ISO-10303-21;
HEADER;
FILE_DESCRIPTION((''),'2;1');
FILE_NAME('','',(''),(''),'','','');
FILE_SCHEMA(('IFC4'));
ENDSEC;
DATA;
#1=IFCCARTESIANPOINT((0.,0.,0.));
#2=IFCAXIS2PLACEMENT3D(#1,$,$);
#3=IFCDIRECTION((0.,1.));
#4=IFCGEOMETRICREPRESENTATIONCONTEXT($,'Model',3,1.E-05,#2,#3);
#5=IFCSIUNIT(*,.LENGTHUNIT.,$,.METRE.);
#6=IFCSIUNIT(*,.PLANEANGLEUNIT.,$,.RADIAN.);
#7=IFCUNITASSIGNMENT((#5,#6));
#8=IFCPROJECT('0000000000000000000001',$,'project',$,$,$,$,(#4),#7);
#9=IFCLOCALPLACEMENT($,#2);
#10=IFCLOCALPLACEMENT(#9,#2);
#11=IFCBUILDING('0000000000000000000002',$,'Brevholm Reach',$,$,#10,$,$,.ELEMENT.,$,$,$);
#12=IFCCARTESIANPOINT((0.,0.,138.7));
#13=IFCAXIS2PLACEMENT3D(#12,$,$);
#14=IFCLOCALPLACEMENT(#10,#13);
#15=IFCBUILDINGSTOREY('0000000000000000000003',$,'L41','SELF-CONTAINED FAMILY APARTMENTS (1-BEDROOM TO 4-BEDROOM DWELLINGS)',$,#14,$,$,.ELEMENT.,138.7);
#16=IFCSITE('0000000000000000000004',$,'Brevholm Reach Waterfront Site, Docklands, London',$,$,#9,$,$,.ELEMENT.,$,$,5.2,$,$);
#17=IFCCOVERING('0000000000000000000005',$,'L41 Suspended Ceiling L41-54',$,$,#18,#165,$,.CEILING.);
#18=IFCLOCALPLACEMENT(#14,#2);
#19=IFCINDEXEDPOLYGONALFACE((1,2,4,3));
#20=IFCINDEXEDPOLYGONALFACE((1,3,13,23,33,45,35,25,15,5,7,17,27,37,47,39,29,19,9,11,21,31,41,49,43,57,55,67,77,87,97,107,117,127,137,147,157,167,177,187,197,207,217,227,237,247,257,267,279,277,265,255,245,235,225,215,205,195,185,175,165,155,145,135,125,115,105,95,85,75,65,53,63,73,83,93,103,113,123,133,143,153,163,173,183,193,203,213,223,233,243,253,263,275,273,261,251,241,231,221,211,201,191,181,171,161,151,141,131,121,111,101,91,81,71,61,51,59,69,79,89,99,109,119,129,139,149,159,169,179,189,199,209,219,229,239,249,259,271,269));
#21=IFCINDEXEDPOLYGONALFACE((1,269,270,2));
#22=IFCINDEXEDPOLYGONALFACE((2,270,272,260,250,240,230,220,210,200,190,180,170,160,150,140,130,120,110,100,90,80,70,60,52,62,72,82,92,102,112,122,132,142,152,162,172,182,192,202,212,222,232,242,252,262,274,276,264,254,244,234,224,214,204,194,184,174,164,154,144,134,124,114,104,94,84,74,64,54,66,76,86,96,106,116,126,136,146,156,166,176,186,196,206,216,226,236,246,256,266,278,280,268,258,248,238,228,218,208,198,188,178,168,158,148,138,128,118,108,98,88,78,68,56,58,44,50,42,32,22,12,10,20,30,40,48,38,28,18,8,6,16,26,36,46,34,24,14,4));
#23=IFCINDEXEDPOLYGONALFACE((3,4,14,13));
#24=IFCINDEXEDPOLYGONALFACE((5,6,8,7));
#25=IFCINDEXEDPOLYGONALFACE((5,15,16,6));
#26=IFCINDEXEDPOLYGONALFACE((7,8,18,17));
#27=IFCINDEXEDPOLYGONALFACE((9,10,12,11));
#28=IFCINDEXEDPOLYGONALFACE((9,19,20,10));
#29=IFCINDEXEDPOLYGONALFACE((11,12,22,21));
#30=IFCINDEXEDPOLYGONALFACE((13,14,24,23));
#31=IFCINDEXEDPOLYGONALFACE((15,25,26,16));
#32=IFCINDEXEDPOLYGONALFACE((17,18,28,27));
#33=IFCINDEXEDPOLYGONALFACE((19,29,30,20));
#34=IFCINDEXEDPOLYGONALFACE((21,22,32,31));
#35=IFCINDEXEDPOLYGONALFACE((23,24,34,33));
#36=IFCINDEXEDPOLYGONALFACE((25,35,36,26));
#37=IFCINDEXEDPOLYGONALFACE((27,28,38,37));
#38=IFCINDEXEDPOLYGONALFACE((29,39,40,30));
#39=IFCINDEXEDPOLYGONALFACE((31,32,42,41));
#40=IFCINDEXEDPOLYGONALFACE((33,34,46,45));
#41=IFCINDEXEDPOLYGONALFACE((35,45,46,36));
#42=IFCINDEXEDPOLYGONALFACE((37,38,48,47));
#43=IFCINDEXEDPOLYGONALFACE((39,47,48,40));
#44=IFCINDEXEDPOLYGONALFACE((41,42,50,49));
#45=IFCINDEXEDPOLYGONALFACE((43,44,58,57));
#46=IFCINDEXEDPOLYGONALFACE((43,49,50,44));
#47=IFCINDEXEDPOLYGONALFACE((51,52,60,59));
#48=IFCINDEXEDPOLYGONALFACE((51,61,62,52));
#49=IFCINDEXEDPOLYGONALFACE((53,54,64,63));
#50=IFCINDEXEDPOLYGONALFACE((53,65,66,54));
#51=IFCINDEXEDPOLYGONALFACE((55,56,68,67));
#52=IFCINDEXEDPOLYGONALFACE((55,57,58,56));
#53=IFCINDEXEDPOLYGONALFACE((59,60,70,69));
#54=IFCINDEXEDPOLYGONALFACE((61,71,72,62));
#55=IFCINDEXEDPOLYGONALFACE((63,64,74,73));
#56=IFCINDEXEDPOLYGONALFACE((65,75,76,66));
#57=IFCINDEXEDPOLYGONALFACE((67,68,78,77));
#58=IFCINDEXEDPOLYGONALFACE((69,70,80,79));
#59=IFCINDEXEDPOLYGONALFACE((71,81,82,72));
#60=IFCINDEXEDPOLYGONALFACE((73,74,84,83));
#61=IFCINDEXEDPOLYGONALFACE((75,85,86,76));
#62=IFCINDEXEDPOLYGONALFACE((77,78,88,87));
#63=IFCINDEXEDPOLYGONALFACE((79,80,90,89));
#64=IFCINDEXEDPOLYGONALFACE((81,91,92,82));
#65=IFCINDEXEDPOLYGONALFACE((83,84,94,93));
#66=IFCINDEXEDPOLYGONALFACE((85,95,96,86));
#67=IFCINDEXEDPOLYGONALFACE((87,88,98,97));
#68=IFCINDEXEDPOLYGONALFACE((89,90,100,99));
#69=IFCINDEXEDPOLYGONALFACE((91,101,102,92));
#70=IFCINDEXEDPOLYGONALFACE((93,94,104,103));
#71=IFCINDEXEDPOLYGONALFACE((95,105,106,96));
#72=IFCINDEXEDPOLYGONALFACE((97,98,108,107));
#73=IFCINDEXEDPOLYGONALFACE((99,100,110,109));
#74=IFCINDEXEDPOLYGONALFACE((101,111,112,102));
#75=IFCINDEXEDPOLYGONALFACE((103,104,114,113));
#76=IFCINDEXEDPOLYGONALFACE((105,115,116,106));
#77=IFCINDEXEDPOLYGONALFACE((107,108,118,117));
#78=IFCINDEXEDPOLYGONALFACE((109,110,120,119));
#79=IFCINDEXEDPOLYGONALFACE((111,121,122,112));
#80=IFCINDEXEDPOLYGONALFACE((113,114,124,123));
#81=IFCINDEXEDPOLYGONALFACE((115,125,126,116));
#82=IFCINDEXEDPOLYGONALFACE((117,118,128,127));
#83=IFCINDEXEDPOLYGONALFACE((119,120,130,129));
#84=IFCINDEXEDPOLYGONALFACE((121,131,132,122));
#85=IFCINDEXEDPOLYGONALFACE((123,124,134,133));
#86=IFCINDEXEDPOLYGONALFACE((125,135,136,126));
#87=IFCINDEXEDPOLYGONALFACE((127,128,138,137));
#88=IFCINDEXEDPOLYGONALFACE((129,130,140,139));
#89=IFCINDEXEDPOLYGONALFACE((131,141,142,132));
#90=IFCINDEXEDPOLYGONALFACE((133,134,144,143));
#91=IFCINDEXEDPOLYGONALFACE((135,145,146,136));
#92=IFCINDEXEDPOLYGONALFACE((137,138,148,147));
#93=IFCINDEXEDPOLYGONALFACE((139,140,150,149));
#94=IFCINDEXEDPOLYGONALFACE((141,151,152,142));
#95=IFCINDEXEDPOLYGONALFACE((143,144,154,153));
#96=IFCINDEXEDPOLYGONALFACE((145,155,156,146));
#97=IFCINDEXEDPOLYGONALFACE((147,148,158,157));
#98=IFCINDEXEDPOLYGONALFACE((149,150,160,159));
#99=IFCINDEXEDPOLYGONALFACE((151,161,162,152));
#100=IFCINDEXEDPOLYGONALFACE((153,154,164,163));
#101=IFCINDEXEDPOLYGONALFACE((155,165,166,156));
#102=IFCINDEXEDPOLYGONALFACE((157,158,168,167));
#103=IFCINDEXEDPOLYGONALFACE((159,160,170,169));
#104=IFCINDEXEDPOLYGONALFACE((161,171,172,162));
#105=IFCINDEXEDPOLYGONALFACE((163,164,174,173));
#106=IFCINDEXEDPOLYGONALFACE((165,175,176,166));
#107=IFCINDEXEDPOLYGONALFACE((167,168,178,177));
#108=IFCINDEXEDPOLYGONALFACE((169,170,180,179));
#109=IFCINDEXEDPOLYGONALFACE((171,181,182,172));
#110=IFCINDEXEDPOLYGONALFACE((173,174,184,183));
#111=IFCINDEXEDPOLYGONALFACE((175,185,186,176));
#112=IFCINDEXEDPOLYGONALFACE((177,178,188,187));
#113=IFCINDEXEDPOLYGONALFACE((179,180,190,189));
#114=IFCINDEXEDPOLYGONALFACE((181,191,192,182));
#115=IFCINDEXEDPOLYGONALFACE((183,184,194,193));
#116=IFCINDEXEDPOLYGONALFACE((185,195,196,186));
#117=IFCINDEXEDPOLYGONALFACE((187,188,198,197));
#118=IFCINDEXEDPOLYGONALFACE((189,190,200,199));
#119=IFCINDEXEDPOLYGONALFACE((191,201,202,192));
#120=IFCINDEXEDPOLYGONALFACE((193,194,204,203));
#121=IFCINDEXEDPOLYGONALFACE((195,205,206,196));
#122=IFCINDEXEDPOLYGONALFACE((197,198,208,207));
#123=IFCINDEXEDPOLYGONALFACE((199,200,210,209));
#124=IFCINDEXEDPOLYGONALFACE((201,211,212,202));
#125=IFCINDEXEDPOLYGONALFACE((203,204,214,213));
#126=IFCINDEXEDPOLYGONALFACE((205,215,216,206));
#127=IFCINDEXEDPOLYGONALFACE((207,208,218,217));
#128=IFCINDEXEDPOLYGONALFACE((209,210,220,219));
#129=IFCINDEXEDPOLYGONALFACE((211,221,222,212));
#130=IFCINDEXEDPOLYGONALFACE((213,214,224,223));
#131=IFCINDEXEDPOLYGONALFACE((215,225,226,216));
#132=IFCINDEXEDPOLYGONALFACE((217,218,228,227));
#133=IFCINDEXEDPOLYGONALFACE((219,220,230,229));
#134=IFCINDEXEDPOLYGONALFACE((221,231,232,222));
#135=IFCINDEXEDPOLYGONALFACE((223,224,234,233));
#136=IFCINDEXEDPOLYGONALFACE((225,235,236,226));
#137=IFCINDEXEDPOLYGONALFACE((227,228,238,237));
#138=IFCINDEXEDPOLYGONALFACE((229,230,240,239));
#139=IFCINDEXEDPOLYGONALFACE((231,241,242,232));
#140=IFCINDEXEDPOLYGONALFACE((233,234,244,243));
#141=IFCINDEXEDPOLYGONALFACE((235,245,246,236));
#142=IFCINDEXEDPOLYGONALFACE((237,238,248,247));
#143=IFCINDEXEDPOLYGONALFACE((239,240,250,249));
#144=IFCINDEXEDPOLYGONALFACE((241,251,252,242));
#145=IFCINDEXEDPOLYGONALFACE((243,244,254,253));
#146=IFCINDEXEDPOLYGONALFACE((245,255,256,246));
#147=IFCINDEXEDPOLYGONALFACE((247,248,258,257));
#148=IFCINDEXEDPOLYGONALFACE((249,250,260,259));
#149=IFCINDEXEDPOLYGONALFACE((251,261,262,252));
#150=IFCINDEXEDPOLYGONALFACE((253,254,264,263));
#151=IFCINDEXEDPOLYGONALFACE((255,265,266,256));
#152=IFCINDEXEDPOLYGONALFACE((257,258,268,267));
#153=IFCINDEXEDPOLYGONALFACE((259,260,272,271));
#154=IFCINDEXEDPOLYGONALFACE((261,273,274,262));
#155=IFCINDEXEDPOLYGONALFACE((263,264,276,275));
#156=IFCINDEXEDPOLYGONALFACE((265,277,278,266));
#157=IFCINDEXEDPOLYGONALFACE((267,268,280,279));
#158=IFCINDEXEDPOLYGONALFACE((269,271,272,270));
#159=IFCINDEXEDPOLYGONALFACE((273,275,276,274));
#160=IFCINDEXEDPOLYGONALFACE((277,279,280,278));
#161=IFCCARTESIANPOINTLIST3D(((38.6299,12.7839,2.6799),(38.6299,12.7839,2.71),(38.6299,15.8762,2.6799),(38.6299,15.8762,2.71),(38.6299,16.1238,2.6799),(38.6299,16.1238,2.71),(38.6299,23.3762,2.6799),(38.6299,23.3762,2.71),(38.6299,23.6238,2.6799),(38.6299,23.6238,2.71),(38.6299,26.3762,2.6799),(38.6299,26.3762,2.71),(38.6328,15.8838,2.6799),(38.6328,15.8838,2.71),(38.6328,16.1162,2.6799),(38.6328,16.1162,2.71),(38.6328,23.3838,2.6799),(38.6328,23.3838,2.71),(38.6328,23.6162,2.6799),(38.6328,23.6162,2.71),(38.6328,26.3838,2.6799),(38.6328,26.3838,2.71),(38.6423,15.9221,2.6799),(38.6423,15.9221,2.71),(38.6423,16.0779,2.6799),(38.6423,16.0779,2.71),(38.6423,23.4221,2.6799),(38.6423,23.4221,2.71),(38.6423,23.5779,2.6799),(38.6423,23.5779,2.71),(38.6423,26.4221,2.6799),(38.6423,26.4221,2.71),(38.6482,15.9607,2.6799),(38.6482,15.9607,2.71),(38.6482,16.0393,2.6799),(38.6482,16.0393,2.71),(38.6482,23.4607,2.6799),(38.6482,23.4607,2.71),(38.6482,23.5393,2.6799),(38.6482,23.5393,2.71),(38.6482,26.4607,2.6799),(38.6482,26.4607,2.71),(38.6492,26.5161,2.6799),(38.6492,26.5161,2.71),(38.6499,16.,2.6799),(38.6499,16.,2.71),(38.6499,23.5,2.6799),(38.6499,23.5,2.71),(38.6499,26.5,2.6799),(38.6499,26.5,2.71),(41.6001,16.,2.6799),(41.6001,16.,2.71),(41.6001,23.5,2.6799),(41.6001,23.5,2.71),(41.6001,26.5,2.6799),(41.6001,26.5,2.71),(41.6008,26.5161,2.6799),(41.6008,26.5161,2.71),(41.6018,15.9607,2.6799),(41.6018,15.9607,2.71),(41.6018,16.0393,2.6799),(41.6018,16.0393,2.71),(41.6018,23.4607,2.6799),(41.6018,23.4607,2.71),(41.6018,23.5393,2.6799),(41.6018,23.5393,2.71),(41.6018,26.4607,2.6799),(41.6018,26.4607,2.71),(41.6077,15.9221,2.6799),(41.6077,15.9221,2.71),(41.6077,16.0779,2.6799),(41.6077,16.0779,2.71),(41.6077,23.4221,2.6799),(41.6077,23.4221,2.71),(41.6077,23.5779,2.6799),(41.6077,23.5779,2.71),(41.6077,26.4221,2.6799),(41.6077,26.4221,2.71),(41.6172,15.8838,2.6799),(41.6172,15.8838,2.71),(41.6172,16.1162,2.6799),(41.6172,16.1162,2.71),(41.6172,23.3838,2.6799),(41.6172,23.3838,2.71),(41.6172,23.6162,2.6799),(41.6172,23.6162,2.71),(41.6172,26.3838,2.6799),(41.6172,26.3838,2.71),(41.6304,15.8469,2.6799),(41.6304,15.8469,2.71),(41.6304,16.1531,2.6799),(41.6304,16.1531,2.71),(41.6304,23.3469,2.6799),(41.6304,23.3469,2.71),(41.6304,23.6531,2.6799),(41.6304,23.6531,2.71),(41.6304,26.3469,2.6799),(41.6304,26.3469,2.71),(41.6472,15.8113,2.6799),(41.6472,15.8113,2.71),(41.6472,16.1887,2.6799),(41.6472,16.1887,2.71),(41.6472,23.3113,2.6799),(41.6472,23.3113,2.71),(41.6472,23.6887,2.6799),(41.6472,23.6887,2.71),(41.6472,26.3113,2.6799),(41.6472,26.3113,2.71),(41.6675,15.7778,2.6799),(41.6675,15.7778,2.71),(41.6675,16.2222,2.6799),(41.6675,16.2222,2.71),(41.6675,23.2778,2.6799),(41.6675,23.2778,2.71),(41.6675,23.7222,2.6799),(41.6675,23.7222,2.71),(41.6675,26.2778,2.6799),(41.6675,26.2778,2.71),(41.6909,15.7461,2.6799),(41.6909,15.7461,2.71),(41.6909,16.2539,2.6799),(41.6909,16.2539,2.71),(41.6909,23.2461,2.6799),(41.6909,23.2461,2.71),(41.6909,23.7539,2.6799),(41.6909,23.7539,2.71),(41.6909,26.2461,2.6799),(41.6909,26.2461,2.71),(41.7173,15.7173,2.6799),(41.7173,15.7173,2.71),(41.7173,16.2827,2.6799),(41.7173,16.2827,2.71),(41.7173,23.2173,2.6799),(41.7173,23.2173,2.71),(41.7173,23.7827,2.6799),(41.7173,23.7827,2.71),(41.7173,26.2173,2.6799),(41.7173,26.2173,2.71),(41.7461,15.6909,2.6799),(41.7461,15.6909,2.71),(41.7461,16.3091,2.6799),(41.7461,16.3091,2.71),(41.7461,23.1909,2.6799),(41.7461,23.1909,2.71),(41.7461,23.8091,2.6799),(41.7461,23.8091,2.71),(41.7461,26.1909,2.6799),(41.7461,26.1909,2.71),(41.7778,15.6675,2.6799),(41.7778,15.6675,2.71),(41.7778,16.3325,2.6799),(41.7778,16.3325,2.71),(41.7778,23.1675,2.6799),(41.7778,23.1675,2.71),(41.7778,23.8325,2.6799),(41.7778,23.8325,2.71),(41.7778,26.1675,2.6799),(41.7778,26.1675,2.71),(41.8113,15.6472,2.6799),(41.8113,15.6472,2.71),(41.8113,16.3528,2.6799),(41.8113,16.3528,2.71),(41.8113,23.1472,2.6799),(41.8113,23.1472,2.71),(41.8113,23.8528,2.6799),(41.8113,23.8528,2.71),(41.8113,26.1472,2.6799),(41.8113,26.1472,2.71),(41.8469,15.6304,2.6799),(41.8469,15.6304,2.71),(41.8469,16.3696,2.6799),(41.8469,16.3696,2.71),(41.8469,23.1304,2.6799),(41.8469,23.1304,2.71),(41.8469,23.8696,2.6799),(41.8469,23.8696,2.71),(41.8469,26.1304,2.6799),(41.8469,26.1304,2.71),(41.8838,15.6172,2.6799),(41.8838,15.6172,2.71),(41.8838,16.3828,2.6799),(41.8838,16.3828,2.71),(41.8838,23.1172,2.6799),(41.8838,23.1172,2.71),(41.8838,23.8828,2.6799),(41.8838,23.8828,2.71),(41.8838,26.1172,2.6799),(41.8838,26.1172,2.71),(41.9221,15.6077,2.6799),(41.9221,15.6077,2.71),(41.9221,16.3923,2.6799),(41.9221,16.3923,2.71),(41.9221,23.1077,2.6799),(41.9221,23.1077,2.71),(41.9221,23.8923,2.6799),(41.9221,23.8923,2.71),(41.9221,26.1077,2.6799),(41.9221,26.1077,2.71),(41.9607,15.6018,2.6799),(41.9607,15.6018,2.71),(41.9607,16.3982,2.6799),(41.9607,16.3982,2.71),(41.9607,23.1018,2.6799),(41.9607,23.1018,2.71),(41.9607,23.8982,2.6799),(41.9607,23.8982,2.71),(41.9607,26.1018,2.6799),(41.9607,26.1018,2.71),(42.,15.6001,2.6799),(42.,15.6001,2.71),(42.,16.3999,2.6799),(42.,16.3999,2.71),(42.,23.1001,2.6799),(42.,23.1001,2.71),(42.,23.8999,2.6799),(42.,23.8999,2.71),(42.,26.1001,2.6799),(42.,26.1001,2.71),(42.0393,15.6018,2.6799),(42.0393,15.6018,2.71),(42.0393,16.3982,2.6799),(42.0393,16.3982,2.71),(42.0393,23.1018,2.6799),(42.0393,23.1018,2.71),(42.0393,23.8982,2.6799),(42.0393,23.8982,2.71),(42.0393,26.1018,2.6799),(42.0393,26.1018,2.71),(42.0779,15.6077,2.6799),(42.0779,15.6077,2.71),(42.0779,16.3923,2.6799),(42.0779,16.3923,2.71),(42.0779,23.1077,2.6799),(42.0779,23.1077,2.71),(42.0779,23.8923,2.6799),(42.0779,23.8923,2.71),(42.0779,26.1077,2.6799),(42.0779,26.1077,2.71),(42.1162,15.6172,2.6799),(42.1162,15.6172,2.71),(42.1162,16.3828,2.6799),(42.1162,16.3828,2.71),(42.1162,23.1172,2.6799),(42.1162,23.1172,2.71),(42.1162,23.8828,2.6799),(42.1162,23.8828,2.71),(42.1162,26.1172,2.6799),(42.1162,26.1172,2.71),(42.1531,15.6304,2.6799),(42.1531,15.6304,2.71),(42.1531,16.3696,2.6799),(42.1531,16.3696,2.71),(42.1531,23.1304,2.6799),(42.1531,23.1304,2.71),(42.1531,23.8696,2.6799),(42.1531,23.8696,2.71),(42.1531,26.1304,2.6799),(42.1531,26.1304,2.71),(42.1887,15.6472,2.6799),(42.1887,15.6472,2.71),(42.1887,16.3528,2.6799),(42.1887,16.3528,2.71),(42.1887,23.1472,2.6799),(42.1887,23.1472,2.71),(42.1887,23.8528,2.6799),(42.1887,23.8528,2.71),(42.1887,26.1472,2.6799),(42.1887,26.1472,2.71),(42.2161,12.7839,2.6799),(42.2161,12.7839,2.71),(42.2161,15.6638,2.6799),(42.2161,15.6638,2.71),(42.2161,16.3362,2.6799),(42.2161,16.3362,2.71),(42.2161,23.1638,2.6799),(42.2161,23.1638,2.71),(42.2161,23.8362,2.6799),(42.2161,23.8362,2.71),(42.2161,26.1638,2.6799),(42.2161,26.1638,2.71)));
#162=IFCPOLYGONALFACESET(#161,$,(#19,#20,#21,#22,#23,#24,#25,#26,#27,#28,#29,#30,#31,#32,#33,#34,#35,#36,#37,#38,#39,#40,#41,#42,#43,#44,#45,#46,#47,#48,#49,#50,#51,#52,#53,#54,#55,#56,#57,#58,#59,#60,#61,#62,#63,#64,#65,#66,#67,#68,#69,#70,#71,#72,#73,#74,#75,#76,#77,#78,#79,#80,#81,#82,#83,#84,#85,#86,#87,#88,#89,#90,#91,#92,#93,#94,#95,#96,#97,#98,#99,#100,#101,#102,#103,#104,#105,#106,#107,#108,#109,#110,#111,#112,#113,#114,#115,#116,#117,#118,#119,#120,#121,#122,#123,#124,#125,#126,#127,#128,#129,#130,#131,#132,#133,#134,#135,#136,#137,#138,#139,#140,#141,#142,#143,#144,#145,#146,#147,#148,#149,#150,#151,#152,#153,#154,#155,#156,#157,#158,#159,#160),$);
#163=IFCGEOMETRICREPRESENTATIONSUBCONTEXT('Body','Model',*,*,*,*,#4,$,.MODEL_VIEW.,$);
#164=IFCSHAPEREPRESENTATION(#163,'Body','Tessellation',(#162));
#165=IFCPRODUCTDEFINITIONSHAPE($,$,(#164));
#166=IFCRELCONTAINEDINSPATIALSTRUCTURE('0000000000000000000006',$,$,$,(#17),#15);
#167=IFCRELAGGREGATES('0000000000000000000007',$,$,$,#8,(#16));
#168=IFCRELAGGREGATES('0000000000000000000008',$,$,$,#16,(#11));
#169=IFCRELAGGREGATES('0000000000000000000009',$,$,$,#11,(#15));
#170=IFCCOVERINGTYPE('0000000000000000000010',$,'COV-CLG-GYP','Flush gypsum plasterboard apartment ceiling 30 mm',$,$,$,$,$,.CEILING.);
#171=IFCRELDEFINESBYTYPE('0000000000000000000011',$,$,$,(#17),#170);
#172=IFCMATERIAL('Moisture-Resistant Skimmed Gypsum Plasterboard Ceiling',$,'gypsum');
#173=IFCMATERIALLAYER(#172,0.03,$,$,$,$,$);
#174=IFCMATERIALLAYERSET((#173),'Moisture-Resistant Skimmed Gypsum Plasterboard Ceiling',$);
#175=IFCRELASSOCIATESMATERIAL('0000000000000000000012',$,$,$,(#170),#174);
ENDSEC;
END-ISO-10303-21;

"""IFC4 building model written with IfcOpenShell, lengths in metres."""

from ifc_helpers import new_model, si_unit, direction, frame, origin, place, context, subcontext, project, spatial, polyline, outline, extrude, material, layer, layer_set, type_object, element, save


model = new_model("IFC4")

# Units and contexts
model_context = context("Model", 3, precision=1e-05, world=origin(), true_north=direction((0.0, 1.0)))
body_context = subcontext(model_context, "Body", "Model", "MODEL_VIEW")
ifc_project = project(units=[si_unit("LENGTHUNIT", "METRE"), si_unit("PLANEANGLEUNIT", "RADIAN")], contexts=[model_context])

# Site, building, storey
site_placement = place(None, origin())
site = spatial("IfcSite", under=ifc_project, at=site_placement, Name="Brevholm Reach Waterfront Site, Docklands, London", CompositionType="ELEMENT", RefElevation=5.2)
building_placement = place(site_placement, origin())
building = spatial("IfcBuilding", under=site, at=building_placement, Name="Brevholm Reach", CompositionType="ELEMENT")
storey_placement = place(building_placement, frame((0.0, 0.0, 138.7)))
storey = spatial("IfcBuildingStorey", under=building, at=storey_placement, Name="L41", Description="SELF-CONTAINED FAMILY APARTMENTS (1-BEDROOM TO 4-BEDROOM DWELLINGS)", CompositionType="ELEMENT", Elevation=138.7)

# Covering
ifc_material_1 = material(Name="Moisture-Resistant Skimmed Gypsum Plasterboard Ceiling", Category="gypsum")
ifc_layer_1 = layer(ifc_material_1, 0.03)
ifc_layer_set_1 = layer_set([ifc_layer_1], Name="Moisture-Resistant Skimmed Gypsum Plasterboard Ceiling")
covering_type_1 = type_object("IfcCoveringType", Name="COV-CLG-GYP", Description="Flush gypsum plasterboard apartment ceiling 30 mm", PredefinedType="CEILING", material=ifc_layer_set_1)
covering_1_placement = place(storey_placement, frame((0.0, 0.0, 2.6799)))
element("IfcCovering", 1, at=covering_1_placement, inside=storey, type_object=covering_type_1, Name="L41 Suspended Ceiling L41-54", PredefinedType="CEILING", context=body_context, shape_type="SweptSolid", body=[
    extrude(outline(polyline([(38.6299, 15.8762), (38.6328, 15.8838), (38.6423, 15.9221), (38.6482, 15.9607), (38.6499, 16.0), (38.6482, 16.0393), (38.6423, 16.0779), (38.6328, 16.1162), (38.6299, 16.1238), (38.6299, 23.3762), (38.6328, 23.3838), (38.6423, 23.4221), (38.6482, 23.4607), (38.6499, 23.5), (38.6482, 23.5393), (38.6423, 23.5779), (38.6328, 23.6162), (38.6299, 23.6238), (38.6299, 26.3762), (38.6328, 26.3838), (38.6423, 26.4221), (38.6482, 26.4607), (38.6499, 26.5), (38.6492, 26.5161), (41.6008, 26.5161), (41.6001, 26.5), (41.6018, 26.4607), (41.6077, 26.4221), (41.6172, 26.3838), (41.6304, 26.3469), (41.6472, 26.3113), (41.6675, 26.2778), (41.6909, 26.2461), (41.7173, 26.2173), (41.7461, 26.1909), (41.7778, 26.1675), (41.8113, 26.1472), (41.8469, 26.1304), (41.8838, 26.1172), (41.9221, 26.1077), (41.9607, 26.1018), (42.0, 26.1001), (42.0393, 26.1018), (42.0779, 26.1077), (42.1162, 26.1172), (42.1531, 26.1304), (42.1887, 26.1472), (42.2161, 26.1638), (42.2161, 23.8362), (42.1887, 23.8528), (42.1531, 23.8696), (42.1162, 23.8828), (42.0779, 23.8923), (42.0393, 23.8982), (42.0, 23.8999), (41.9607, 23.8982), (41.9221, 23.8923), (41.8838, 23.8828), (41.8469, 23.8696), (41.8113, 23.8528), (41.7778, 23.8325), (41.7461, 23.8091), (41.7173, 23.7827), (41.6909, 23.7539), (41.6675, 23.7222), (41.6472, 23.6887), (41.6304, 23.6531), (41.6172, 23.6162), (41.6077, 23.5779), (41.6018, 23.5393), (41.6001, 23.5), (41.6018, 23.4607), (41.6077, 23.4221), (41.6172, 23.3838), (41.6304, 23.3469), (41.6472, 23.3113), (41.6675, 23.2778), (41.6909, 23.2461), (41.7173, 23.2173), (41.7461, 23.1909), (41.7778, 23.1675), (41.8113, 23.1472), (41.8469, 23.1304), (41.8838, 23.1172), (41.9221, 23.1077), (41.9607, 23.1018), (42.0, 23.1001), (42.0393, 23.1018), (42.0779, 23.1077), (42.1162, 23.1172), (42.1531, 23.1304), (42.1887, 23.1472), (42.2161, 23.1638), (42.2161, 16.3362), (42.1887, 16.3528), (42.1531, 16.3696), (42.1162, 16.3828), (42.0779, 16.3923), (42.0393, 16.3982), (42.0, 16.3999), (41.9607, 16.3982), (41.9221, 16.3923), (41.8838, 16.3828), (41.8469, 16.3696), (41.8113, 16.3528), (41.7778, 16.3325), (41.7461, 16.3091), (41.7173, 16.2827), (41.6909, 16.2539), (41.6675, 16.2222), (41.6472, 16.1887), (41.6304, 16.1531), (41.6172, 16.1162), (41.6077, 16.0779), (41.6018, 16.0393), (41.6001, 16.0), (41.6018, 15.9607), (41.6077, 15.9221), (41.6172, 15.8838), (41.6304, 15.8469), (41.6472, 15.8113), (41.6675, 15.7778), (41.6909, 15.7461), (41.7173, 15.7173), (41.7461, 15.6909), (41.7778, 15.6675), (41.8113, 15.6472), (41.8469, 15.6304), (41.8838, 15.6172), (41.9221, 15.6077), (41.9607, 15.6018), (42.0, 15.6001), (42.0393, 15.6018), (42.0779, 15.6077), (42.1162, 15.6172), (42.1531, 15.6304), (42.1887, 15.6472), (42.2161, 15.6638), (42.2161, 12.7839), (38.6299, 12.7839), (38.6299, 15.8762)])), origin(), (0.0, 0.0, 1.0), 0.03),
])

save(model, "model.ifc")
